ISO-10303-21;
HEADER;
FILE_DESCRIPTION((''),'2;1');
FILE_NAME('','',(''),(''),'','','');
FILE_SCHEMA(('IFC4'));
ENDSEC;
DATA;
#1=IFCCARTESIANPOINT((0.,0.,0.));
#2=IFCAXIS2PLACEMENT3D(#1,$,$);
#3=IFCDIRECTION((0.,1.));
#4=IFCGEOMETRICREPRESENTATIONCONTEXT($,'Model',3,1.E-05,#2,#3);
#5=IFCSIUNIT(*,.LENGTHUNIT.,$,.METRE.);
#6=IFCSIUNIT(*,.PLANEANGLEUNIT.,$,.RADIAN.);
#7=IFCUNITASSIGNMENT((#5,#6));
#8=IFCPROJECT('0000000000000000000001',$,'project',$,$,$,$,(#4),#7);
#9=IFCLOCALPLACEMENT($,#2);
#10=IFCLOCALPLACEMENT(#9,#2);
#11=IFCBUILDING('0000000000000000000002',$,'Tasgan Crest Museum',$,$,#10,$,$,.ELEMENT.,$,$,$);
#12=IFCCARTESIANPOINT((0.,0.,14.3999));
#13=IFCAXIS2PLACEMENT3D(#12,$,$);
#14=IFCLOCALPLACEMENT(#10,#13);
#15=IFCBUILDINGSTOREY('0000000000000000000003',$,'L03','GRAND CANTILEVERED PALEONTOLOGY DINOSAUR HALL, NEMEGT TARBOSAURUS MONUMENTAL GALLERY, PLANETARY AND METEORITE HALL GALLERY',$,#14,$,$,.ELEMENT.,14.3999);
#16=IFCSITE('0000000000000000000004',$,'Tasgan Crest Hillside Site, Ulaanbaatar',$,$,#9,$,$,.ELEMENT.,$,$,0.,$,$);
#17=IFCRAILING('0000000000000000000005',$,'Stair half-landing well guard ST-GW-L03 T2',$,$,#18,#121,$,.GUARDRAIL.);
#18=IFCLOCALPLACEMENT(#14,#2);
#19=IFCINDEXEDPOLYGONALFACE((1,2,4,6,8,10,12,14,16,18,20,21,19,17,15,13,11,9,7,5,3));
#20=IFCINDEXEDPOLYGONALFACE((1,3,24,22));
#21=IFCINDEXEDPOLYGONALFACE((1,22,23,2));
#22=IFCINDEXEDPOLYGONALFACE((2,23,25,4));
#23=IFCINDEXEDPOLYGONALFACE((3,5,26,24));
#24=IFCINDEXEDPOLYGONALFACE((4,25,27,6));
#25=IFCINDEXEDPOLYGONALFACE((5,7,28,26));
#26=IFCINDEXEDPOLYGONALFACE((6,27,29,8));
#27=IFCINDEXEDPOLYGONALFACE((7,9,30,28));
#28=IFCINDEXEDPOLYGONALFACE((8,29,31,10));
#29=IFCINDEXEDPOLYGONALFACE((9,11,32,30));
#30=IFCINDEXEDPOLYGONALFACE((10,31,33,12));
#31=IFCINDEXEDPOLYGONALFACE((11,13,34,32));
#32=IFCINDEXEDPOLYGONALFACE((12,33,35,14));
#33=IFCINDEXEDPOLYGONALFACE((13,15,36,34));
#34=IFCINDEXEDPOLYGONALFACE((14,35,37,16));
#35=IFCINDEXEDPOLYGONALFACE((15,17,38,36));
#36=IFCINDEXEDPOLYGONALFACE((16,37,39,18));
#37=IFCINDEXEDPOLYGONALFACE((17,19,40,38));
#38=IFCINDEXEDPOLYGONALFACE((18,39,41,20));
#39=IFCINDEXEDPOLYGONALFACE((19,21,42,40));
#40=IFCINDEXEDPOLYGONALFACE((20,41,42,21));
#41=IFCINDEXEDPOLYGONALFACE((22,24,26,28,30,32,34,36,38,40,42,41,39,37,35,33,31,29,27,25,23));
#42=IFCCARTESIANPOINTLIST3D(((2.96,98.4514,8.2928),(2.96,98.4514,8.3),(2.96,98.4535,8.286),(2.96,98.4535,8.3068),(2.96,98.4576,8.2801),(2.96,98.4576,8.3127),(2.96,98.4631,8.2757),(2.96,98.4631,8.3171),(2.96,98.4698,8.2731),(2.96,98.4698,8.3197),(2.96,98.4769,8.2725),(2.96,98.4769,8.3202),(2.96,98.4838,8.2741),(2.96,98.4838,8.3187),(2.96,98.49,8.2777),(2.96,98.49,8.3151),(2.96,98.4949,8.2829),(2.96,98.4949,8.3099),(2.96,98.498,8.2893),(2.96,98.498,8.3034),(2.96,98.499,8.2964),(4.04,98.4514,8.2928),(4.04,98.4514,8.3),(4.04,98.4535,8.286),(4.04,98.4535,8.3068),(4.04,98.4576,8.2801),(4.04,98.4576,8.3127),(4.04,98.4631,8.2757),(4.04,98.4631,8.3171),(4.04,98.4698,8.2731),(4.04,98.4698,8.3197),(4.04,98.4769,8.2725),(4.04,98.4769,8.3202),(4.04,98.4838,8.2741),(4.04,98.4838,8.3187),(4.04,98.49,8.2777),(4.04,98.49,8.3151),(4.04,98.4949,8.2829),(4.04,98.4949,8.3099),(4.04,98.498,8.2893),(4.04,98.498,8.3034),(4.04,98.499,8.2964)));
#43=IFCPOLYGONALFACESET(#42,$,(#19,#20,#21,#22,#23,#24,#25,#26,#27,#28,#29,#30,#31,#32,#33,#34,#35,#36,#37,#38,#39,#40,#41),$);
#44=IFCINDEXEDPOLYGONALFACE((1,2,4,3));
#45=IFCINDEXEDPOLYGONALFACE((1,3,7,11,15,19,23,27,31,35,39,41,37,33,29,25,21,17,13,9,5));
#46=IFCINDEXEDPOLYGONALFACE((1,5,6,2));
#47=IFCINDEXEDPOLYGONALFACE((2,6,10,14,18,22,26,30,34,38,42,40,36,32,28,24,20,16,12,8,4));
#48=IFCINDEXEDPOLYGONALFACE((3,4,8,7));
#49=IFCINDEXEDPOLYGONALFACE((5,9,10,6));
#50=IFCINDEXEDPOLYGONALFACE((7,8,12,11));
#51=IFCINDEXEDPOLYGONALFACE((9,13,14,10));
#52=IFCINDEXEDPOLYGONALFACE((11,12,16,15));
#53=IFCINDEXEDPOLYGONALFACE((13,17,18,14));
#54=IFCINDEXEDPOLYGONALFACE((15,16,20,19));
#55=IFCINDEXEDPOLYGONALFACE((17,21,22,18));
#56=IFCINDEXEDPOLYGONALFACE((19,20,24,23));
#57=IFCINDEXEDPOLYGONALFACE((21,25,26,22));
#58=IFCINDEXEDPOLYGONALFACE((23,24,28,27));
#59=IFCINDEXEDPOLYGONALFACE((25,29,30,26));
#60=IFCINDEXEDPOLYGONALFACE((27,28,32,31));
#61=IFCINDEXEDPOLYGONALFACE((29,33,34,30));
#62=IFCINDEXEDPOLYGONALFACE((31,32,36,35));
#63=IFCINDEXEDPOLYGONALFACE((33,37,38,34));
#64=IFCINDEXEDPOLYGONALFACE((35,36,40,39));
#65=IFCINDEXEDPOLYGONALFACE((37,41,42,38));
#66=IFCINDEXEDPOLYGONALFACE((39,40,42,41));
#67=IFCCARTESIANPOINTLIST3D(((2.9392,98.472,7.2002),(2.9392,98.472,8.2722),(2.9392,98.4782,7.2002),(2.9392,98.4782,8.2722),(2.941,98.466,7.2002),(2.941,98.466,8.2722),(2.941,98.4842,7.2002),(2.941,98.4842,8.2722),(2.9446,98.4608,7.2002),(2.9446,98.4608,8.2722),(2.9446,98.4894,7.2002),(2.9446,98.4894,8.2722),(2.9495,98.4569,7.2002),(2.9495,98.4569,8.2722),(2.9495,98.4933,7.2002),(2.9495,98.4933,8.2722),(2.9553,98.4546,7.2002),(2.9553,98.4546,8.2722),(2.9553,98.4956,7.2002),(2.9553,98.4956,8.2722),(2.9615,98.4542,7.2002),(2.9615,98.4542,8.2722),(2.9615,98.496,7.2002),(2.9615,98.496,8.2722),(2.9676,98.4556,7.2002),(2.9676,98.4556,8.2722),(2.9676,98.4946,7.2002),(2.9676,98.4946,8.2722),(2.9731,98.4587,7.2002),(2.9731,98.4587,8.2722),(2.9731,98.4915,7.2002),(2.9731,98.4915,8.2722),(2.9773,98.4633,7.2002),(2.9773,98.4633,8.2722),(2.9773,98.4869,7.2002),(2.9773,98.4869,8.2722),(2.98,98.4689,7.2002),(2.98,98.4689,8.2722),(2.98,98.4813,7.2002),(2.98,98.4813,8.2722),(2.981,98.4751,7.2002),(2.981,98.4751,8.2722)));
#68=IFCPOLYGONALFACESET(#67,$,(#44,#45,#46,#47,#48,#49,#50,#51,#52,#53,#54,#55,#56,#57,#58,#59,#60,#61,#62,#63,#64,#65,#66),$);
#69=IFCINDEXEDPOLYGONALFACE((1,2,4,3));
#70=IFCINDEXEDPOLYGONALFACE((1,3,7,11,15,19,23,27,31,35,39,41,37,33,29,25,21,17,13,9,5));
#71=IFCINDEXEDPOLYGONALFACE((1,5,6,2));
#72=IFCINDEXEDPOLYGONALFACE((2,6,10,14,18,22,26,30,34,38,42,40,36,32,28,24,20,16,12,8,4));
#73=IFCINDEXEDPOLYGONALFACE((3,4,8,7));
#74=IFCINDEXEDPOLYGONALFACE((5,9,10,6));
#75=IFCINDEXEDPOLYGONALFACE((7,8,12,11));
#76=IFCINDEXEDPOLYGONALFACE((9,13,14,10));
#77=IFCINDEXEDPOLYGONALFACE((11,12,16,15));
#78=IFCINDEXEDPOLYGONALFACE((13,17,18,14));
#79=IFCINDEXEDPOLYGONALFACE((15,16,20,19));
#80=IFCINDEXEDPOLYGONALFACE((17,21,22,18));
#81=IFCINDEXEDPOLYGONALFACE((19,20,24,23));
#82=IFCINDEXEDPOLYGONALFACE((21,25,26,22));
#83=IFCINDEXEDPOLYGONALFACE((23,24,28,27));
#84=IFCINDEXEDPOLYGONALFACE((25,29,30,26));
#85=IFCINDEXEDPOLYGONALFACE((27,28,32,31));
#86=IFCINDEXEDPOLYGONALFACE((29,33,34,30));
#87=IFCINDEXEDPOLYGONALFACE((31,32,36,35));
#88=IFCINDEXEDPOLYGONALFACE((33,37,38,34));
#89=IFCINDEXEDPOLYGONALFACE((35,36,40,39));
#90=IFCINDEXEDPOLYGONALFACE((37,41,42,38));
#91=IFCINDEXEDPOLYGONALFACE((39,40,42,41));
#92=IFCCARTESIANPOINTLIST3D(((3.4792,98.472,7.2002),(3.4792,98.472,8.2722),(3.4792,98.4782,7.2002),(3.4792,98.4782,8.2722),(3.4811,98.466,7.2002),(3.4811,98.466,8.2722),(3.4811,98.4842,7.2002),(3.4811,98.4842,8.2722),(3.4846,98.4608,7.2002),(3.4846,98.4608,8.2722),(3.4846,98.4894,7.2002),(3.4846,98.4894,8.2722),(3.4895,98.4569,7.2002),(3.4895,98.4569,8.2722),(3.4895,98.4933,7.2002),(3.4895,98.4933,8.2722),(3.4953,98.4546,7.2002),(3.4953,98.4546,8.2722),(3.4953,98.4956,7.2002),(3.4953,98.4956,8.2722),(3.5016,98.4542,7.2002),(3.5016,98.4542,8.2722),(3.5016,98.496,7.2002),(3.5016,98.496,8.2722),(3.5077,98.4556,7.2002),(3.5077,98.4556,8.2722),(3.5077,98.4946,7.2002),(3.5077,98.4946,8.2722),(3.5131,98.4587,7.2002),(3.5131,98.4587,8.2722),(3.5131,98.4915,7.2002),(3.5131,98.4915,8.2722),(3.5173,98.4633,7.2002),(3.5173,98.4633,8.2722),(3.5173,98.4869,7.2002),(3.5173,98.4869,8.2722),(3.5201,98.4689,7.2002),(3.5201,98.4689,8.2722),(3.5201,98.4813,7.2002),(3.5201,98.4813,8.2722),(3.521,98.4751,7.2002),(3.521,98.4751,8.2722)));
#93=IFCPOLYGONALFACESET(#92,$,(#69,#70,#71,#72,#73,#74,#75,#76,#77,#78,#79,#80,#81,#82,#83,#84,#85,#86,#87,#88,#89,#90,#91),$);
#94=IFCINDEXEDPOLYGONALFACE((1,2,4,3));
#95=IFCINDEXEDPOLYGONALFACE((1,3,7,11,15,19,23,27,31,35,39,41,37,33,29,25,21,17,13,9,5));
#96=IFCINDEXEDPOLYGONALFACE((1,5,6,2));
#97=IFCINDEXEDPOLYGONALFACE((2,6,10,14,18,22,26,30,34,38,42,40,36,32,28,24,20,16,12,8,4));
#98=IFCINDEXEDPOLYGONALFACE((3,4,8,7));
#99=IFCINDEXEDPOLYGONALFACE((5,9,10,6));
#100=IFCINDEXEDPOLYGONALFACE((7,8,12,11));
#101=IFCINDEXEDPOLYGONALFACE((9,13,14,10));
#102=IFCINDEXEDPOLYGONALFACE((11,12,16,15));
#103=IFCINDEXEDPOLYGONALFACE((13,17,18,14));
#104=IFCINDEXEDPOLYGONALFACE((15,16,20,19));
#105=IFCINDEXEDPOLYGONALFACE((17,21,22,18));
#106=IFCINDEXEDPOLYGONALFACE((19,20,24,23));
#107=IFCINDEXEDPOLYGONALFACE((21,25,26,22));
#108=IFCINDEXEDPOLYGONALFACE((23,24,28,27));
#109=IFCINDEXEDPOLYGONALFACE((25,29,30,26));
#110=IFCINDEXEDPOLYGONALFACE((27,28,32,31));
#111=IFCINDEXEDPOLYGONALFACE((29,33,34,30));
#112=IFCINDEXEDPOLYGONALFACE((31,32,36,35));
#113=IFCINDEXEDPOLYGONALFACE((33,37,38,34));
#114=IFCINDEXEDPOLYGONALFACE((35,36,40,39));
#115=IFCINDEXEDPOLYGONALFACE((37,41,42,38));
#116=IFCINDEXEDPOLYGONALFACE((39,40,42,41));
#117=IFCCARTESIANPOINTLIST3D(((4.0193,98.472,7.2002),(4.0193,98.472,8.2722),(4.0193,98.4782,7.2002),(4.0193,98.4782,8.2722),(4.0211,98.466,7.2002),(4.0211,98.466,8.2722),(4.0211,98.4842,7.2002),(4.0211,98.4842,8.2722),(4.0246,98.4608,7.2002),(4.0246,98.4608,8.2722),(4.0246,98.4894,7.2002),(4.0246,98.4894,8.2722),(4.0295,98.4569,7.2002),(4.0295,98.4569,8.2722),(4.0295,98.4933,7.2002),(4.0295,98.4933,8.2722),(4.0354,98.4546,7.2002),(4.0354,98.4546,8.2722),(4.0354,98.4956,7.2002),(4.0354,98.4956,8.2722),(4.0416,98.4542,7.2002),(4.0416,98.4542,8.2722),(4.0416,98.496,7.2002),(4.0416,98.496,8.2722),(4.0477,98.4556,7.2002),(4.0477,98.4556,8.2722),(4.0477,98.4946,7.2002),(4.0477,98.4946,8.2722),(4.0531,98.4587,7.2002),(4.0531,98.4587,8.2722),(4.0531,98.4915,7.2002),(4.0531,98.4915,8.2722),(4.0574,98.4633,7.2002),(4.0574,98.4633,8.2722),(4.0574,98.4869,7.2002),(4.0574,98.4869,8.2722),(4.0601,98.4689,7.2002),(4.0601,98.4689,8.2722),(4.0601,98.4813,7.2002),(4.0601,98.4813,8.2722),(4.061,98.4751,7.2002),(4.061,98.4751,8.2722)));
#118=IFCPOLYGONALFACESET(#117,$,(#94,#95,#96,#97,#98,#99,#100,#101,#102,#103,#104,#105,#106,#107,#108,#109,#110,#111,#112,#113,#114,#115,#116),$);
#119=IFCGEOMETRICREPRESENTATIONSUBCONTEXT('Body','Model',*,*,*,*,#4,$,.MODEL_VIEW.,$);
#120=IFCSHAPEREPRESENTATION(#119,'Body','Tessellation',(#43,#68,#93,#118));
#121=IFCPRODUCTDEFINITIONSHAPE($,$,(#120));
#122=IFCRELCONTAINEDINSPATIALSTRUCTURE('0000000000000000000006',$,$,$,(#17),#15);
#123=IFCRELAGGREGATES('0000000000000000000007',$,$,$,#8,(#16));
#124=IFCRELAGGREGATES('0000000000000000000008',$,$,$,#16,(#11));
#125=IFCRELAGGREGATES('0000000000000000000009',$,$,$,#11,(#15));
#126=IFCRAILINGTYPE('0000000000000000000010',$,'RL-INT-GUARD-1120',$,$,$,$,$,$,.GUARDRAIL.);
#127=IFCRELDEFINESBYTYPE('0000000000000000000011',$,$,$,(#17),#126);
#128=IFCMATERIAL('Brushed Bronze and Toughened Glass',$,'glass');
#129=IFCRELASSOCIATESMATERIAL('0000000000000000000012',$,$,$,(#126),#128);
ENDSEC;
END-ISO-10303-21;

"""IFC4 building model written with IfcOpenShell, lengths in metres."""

from ifc_helpers import new_model, si_unit, direction, frame, origin, origin_2d, place, context, subcontext, project, spatial, circle, extrude, material, type_object, element, save


model = new_model("IFC4")

# Units and contexts
model_context = context("Model", 3, precision=1e-05, world=origin(), true_north=direction((0.0, 1.0)))
body_context = subcontext(model_context, "Body", "Model", "MODEL_VIEW")
ifc_project = project(units=[si_unit("LENGTHUNIT", "METRE"), si_unit("PLANEANGLEUNIT", "RADIAN")], contexts=[model_context])

# Site, building, storey
site_placement = place(None, origin())
site = spatial("IfcSite", under=ifc_project, at=site_placement, Name="Tasgan Crest Hillside Site, Ulaanbaatar", CompositionType="ELEMENT", RefElevation=0.0)
building_placement = place(site_placement, origin())
building = spatial("IfcBuilding", under=site, at=building_placement, Name="Tasgan Crest Museum", CompositionType="ELEMENT")
storey_placement = place(building_placement, frame((0.0, 0.0, 14.3999)))
storey = spatial("IfcBuildingStorey", under=building, at=storey_placement, Name="L03", Description="GRAND CANTILEVERED PALEONTOLOGY DINOSAUR HALL, NEMEGT TARBOSAURUS MONUMENTAL GALLERY, PLANETARY AND METEORITE HALL GALLERY", CompositionType="ELEMENT", Elevation=14.3999)

# Railing
ifc_material_1 = material(Name="Brushed Bronze and Toughened Glass", Category="glass")
railing_type_1 = type_object("IfcRailingType", Name="RL-INT-GUARD-1120", PredefinedType="GUARDRAIL", material=ifc_material_1)
railing_1_placement = place(storey_placement, frame((2.96, 98.4751, 7.2002)))
element("IfcRailing", 1, at=railing_1_placement, inside=storey, type_object=railing_type_1, Name="Stair half-landing well guard ST-GW-L03 T2", PredefinedType="GUARDRAIL", context=body_context, shape_type="SweptSolid", body=[
    extrude(circle(Radius=0.0239, at=origin_2d()), frame((0.0, 0.0, 1.0962), z_axis=(1.0, 0.0, 0.0), x_axis=(0.0, 1.0, 0.0)), (0.0, 0.0, 1.0), 1.0801),
    extrude(circle(Radius=0.021, at=origin_2d()), origin(), (0.0, 0.0, 1.0), 1.072),
    extrude(circle(Radius=0.021, at=origin_2d()), frame((0.54, 0.0, 0.0)), (0.0, 0.0, 1.0), 1.072),
    extrude(circle(Radius=0.021, at=origin_2d()), frame((1.0801, 0.0, 0.0)), (0.0, 0.0, 1.0), 1.072),
])

save(model, "model.ifc")
